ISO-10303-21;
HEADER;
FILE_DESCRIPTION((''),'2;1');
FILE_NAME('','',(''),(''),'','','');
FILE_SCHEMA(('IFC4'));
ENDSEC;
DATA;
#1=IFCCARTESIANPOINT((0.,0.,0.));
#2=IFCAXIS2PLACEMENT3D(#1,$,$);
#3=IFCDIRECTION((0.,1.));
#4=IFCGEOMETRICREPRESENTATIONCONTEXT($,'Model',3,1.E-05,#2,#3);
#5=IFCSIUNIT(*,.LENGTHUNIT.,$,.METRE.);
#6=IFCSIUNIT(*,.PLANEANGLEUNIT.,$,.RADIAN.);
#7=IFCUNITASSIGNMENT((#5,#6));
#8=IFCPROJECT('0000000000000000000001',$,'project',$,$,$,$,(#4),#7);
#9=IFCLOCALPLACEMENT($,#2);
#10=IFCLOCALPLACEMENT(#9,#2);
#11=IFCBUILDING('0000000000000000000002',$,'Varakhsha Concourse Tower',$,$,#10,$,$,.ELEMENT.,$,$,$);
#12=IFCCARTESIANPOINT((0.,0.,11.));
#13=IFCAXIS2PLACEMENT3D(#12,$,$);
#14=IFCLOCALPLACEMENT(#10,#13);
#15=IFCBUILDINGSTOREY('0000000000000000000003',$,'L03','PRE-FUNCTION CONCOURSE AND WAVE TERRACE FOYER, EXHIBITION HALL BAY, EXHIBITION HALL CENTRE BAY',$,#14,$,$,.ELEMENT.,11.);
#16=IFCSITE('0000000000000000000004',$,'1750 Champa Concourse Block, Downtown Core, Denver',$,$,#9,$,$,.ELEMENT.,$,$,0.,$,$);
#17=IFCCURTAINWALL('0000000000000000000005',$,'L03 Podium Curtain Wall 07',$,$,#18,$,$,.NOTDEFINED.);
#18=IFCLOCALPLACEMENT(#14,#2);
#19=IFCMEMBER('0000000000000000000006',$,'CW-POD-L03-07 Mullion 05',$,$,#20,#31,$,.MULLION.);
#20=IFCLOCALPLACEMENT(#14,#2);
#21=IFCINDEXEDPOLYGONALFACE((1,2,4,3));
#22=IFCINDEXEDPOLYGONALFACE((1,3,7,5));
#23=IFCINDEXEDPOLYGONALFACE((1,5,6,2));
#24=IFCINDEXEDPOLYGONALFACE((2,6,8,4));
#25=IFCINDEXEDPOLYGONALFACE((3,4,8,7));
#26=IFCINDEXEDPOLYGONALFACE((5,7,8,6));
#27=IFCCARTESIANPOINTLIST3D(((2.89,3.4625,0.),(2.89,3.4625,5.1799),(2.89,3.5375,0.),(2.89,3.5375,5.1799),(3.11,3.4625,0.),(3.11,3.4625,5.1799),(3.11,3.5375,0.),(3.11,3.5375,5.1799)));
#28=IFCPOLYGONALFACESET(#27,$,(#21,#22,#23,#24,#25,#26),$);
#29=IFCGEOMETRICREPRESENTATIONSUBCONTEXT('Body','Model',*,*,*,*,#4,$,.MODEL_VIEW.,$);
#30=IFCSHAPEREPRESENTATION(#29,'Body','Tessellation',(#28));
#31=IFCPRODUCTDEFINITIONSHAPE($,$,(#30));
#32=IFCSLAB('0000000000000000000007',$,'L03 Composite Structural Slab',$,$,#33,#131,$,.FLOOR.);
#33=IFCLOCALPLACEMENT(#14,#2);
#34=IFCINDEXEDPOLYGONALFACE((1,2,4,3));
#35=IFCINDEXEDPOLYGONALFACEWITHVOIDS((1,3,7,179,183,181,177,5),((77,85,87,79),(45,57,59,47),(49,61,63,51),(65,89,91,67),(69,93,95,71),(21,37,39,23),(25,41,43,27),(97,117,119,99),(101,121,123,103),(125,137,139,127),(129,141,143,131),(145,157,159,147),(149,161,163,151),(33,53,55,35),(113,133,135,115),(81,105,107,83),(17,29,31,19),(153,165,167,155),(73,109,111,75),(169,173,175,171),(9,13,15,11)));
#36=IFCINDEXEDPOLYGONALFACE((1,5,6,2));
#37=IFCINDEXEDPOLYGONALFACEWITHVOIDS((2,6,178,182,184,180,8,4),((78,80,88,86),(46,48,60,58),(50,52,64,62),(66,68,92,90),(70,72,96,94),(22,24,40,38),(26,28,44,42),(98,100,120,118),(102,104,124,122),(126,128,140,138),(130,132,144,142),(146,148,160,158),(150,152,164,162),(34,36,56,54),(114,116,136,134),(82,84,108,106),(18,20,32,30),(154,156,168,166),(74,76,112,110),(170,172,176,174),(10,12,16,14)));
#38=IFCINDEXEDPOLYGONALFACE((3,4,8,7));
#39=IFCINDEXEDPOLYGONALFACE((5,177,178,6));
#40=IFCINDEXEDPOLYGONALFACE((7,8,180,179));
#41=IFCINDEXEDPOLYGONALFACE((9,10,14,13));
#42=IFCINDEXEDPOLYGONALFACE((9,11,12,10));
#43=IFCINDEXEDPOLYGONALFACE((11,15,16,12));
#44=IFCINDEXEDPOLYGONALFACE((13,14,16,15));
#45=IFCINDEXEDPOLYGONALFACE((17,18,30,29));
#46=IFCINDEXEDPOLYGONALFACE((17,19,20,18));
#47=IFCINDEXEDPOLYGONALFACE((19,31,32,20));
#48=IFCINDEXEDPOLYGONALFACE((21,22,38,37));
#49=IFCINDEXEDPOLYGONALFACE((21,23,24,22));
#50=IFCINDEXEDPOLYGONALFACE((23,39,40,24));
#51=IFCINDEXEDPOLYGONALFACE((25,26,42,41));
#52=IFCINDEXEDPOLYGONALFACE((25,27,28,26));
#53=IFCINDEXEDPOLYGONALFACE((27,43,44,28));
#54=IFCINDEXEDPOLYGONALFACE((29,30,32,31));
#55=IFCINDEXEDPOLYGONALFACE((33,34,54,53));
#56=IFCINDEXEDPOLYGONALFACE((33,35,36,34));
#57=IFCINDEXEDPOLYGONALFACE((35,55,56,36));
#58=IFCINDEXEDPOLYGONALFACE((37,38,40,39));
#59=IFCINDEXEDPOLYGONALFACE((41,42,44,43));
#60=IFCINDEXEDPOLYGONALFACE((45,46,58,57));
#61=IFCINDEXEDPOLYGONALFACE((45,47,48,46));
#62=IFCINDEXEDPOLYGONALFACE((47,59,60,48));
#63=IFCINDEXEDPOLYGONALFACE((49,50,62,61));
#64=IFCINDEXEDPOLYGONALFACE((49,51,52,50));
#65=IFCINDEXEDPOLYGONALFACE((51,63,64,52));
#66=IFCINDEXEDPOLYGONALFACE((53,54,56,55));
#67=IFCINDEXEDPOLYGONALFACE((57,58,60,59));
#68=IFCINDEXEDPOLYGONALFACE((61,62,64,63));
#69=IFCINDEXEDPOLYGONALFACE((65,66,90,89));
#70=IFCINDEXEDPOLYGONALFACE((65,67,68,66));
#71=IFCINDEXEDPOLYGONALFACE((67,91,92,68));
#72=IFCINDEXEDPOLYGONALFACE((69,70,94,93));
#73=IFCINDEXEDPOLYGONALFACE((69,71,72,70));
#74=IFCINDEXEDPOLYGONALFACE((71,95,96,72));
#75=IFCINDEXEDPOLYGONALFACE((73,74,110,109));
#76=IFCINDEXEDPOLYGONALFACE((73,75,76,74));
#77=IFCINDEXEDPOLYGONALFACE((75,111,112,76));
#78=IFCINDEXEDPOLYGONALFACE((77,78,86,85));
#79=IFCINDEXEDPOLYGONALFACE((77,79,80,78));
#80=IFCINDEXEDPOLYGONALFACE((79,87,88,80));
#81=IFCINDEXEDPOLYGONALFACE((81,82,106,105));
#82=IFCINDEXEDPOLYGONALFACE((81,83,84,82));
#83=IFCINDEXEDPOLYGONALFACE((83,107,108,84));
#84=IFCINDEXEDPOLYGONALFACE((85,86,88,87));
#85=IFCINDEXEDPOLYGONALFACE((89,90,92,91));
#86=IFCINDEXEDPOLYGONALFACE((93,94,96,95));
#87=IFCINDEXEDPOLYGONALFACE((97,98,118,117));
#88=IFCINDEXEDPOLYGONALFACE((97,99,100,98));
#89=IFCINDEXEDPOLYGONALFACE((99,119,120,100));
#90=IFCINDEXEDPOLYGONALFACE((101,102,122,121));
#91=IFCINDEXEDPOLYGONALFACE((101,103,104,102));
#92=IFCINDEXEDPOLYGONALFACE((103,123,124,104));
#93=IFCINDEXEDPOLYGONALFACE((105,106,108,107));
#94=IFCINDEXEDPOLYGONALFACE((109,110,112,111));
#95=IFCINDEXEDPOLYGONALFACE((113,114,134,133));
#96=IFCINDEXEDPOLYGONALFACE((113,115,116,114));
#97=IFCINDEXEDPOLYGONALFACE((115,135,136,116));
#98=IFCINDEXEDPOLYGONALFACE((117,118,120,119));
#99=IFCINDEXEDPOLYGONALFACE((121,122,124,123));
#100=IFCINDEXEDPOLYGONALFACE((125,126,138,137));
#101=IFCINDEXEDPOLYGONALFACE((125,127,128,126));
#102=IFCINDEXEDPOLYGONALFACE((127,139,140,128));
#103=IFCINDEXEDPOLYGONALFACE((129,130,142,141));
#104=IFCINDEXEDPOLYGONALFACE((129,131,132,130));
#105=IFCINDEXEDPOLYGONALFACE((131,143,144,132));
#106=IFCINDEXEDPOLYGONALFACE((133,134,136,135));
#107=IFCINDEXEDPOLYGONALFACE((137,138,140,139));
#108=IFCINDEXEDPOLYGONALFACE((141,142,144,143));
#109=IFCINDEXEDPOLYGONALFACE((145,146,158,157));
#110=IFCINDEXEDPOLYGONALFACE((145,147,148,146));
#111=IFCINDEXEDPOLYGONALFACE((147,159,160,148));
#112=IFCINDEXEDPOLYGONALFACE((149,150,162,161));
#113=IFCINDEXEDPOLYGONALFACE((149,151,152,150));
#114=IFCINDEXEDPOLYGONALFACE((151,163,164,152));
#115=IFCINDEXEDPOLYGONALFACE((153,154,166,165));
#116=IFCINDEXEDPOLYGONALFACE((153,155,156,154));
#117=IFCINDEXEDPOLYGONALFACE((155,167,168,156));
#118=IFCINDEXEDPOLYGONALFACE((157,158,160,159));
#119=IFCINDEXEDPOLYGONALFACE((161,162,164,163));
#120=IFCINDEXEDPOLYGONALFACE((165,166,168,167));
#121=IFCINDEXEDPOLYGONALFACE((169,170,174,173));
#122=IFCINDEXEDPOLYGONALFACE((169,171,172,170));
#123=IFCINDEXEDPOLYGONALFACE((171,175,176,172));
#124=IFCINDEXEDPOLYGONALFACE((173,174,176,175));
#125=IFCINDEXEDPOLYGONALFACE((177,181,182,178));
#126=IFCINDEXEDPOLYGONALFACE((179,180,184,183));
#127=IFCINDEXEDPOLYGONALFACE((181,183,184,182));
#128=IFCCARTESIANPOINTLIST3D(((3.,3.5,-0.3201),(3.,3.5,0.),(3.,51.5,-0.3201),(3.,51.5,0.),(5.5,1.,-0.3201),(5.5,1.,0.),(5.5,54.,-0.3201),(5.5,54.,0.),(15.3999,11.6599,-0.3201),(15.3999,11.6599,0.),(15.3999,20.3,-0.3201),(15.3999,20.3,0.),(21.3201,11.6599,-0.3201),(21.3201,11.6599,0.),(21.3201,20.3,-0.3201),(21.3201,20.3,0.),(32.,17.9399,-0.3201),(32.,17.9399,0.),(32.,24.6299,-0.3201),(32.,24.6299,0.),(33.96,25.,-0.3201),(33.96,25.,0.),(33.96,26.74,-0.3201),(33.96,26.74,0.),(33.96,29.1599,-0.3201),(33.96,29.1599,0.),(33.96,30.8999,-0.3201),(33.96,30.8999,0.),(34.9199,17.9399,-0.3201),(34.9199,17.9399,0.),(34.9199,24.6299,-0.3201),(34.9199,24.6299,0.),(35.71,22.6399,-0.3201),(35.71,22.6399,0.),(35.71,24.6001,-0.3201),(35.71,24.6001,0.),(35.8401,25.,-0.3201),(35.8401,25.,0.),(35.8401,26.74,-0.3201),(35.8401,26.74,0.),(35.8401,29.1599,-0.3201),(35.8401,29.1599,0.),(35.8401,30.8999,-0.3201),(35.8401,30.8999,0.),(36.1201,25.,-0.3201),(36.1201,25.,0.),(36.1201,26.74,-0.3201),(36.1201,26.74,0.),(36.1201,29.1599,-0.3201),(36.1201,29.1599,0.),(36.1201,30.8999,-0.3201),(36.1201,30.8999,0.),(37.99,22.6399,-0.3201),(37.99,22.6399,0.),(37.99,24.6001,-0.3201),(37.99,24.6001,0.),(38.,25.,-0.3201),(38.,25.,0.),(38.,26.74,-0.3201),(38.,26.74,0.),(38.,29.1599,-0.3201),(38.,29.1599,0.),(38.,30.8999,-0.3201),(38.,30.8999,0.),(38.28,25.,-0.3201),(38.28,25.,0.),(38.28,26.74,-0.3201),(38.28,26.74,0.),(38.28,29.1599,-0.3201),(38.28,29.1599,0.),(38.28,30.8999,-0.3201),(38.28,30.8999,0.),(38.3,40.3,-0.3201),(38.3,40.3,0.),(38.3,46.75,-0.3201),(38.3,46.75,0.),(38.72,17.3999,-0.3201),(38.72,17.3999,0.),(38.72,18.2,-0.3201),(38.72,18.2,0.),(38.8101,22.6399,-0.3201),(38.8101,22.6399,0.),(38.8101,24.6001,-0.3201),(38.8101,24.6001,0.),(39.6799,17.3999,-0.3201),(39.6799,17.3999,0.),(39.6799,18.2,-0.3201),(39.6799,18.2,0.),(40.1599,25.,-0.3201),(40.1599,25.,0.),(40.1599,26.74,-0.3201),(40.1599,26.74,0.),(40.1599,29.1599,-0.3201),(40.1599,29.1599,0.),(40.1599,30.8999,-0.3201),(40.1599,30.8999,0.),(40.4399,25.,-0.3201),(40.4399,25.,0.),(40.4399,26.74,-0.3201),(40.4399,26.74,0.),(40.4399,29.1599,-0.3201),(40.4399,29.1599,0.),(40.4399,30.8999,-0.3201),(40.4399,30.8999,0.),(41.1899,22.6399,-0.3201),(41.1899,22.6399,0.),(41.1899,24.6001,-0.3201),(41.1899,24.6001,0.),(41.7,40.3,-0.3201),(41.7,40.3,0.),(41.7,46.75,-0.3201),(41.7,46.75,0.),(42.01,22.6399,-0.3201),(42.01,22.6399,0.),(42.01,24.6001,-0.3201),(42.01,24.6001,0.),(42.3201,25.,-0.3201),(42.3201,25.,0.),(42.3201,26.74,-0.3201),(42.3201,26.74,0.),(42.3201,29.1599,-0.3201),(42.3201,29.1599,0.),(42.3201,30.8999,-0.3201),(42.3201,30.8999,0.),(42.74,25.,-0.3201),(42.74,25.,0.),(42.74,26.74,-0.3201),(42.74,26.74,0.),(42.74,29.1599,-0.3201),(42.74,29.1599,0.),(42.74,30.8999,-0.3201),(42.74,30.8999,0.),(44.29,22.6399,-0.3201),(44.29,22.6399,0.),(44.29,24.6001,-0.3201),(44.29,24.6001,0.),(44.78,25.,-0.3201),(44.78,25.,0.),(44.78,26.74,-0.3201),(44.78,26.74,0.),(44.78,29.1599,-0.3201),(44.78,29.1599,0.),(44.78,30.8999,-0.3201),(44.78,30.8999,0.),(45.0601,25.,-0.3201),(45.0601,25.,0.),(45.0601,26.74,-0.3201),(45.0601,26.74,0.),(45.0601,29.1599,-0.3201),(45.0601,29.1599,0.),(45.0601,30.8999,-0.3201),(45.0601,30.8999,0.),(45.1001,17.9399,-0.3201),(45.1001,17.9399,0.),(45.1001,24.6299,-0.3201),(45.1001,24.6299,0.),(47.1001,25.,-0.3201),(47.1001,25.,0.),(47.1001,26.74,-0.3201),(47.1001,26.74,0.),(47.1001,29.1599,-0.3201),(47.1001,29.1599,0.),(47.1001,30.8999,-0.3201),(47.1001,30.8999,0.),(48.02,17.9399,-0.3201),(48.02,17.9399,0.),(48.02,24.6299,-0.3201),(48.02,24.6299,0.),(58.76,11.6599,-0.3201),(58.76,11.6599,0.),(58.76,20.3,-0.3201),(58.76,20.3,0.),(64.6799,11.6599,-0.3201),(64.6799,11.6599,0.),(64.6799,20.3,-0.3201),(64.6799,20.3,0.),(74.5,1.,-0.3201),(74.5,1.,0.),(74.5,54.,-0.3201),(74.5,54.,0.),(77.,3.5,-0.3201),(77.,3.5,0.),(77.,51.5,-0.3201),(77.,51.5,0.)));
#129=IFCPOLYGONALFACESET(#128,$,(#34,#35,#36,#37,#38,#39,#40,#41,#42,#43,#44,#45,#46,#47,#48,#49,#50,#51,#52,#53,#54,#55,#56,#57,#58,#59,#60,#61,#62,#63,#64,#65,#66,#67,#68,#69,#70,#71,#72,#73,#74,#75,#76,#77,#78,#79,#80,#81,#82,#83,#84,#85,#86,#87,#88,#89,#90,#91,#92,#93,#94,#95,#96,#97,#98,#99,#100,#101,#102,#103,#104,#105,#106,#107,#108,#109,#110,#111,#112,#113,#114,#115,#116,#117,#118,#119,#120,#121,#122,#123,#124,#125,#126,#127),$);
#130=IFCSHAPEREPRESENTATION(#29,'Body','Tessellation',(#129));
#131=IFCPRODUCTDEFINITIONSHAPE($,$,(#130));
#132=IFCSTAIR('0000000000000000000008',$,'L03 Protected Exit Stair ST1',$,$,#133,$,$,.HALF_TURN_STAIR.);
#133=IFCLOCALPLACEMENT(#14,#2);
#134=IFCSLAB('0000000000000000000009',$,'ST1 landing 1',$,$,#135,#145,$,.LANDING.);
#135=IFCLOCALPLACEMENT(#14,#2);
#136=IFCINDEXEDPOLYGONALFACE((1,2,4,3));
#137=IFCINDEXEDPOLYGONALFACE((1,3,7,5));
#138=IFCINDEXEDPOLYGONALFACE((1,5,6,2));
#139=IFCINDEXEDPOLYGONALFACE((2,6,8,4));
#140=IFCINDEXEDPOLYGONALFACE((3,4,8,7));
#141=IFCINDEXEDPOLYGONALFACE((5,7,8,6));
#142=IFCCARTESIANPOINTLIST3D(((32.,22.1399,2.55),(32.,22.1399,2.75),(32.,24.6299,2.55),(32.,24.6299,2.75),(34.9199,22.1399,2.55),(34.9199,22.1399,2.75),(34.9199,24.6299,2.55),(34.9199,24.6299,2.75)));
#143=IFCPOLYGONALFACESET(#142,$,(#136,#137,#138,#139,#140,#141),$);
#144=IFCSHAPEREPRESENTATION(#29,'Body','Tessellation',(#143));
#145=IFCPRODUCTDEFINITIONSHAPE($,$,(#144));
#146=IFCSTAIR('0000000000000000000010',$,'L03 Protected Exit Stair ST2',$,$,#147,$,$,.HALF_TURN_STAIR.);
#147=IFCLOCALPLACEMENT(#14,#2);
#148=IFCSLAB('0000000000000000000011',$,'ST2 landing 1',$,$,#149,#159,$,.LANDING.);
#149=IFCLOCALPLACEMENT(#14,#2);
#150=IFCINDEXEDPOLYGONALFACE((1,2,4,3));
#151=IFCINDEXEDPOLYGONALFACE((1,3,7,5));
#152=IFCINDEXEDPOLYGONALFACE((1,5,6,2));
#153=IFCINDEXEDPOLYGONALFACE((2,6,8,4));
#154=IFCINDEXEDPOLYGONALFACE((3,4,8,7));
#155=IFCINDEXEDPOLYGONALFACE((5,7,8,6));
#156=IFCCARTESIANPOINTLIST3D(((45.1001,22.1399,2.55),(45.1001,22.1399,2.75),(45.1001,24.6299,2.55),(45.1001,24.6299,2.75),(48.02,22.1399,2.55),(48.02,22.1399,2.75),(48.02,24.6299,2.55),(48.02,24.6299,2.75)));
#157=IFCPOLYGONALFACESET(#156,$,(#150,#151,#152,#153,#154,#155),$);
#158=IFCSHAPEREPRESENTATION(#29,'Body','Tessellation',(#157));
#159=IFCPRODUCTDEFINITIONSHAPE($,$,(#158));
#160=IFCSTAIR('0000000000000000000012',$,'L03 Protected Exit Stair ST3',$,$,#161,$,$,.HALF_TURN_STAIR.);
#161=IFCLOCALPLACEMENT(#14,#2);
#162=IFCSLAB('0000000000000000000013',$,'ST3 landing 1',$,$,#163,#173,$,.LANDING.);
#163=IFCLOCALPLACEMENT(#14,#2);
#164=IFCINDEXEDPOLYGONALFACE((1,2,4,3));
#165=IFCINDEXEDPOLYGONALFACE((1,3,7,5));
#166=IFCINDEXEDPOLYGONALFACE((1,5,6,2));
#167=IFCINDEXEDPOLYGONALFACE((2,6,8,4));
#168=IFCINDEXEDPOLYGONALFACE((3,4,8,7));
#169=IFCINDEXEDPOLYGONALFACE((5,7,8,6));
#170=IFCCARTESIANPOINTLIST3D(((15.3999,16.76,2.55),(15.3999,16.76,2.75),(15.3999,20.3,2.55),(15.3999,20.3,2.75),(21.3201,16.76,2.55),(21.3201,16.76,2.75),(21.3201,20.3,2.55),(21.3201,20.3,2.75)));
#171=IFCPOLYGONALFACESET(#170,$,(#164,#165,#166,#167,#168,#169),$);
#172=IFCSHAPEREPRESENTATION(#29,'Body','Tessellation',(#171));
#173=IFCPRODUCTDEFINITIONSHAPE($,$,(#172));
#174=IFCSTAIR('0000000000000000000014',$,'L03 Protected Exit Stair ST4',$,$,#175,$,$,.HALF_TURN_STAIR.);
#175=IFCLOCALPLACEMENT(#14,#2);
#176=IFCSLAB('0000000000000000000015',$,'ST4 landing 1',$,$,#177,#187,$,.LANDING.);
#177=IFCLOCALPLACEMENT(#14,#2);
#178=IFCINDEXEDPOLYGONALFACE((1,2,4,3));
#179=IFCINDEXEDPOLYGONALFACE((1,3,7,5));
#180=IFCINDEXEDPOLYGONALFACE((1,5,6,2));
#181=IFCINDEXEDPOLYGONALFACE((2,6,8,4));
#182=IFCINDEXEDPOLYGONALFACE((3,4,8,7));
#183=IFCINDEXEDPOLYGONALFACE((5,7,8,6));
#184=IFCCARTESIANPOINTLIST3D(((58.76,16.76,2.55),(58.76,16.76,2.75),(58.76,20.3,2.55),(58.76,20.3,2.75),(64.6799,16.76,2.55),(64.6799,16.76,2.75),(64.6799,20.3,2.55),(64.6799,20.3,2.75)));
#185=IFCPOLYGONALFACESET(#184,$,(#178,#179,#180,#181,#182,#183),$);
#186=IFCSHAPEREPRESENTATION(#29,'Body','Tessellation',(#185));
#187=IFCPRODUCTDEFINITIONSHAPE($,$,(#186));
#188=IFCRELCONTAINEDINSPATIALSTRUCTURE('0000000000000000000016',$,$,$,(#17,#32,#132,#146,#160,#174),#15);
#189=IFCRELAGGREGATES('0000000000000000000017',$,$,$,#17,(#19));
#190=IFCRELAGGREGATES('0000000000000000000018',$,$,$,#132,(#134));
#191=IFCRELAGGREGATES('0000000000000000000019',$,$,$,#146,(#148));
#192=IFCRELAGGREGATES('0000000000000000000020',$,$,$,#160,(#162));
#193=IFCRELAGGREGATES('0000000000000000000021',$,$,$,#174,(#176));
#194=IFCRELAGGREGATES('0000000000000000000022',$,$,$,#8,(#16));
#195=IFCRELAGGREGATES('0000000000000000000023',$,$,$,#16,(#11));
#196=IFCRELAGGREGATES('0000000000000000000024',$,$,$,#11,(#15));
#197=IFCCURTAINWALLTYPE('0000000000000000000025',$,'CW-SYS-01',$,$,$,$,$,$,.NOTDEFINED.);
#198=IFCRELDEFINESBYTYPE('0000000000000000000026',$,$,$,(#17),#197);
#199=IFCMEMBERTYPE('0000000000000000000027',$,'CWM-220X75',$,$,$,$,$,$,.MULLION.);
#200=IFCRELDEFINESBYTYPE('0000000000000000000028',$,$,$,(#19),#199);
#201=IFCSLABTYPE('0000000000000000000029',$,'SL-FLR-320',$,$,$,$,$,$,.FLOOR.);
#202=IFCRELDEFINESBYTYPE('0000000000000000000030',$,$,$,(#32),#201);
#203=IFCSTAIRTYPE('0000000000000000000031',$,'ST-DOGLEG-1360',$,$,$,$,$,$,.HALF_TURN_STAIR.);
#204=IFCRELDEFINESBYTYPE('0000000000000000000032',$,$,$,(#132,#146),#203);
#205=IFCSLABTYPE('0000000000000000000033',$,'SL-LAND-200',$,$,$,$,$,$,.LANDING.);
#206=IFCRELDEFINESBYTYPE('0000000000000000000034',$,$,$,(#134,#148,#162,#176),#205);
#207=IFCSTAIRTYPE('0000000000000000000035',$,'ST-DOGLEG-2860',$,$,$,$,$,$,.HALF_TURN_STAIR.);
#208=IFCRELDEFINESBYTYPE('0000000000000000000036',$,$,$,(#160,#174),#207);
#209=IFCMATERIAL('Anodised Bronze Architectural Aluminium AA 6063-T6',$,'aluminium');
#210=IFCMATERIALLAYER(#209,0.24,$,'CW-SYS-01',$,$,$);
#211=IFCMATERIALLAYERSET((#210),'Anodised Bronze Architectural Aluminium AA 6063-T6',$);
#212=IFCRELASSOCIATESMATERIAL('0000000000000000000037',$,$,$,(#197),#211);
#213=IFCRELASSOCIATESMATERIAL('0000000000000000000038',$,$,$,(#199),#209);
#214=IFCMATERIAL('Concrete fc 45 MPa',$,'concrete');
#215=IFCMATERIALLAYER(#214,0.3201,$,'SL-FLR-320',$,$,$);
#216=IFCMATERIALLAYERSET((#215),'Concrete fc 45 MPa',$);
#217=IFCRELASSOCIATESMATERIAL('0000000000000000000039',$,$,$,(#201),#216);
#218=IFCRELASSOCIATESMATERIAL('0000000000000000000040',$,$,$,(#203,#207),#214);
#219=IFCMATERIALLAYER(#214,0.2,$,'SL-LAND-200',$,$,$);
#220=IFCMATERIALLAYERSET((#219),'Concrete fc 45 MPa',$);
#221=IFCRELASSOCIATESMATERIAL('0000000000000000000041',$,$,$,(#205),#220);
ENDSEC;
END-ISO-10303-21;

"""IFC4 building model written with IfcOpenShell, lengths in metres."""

from ifc_helpers import new_model, si_unit, direction, frame, origin, origin_2d, place, context, subcontext, project, spatial, polyline, rectangle, outline, extrude, source, transform, mapped, material, layer, layer_set, material_profile, profile_set, type_object, type_shapes, element, aggregate, save


model = new_model("IFC4")

# Units and contexts
model_context = context("Model", 3, precision=1e-05, world=origin(), true_north=direction((0.0, 1.0)))
body_context = subcontext(model_context, "Body", "Model", "MODEL_VIEW")
ifc_project = project(units=[si_unit("LENGTHUNIT", "METRE"), si_unit("PLANEANGLEUNIT", "RADIAN")], contexts=[model_context])

# Site, building, storey
site_placement = place(None, origin())
site = spatial("IfcSite", under=ifc_project, at=site_placement, Name="1750 Champa Concourse Block, Downtown Core, Denver", CompositionType="ELEMENT", RefElevation=0.0)
building_placement = place(site_placement, origin())
building = spatial("IfcBuilding", under=site, at=building_placement, Name="Varakhsha Concourse Tower", CompositionType="ELEMENT")
storey_placement = place(building_placement, frame((0.0, 0.0, 11.0)))
storey = spatial("IfcBuildingStorey", under=building, at=storey_placement, Name="L03", Description="PRE-FUNCTION CONCOURSE AND WAVE TERRACE FOYER, EXHIBITION HALL BAY, EXHIBITION HALL CENTRE BAY", CompositionType="ELEMENT", Elevation=11.0)

# Curtain wall, member
ifc_material_1 = material(Name="Anodised Bronze Architectural Aluminium AA 6063-T6", Category="aluminium")
ifc_layer_1 = layer(ifc_material_1, 0.24, Name="CW-SYS-01")
ifc_layer_set_1 = layer_set([ifc_layer_1], Name="Anodised Bronze Architectural Aluminium AA 6063-T6")
curtain_wall_type = type_object("IfcCurtainWallType", Name="CW-SYS-01", PredefinedType="NOTDEFINED", material=ifc_layer_set_1)
curtain_wall_placement = place(storey_placement, origin())
curtain_wall = element("IfcCurtainWall", 1, at=curtain_wall_placement, inside=storey, type_object=curtain_wall_type, Name="L03 Podium Curtain Wall 07", PredefinedType="NOTDEFINED")
ifc_material_profile = material_profile(ifc_material_1, rectangle(XDim=0.075, YDim=0.22, at=origin_2d()), Name="CWM-220X75")
ifc_profile_set = profile_set([ifc_material_profile], Name="Anodised Bronze Architectural Aluminium AA 6063-T6")
member_type = type_object("IfcMemberType", Name="CWM-220X75", PredefinedType="MULLION", material=ifc_profile_set)
shared_shape = source(origin(), body_context, "Body", "SweptSolid", [
    extrude(rectangle(XDim=0.075, YDim=0.22, at=origin_2d()), origin(), (0.0, 0.0, 1.0), 5.1799),
])
type_shapes(member_type, [shared_shape])
member_placement = place(storey_placement, frame((3.0, 3.5, 0.0), z_axis=(0.0, 0.0, 1.0), x_axis=(0.0, -1.0, 0.0)))
member = element("IfcMember", 2, at=member_placement, type_object=member_type, Name="CW-POD-L03-07 Mullion 05", PredefinedType="MULLION", context=body_context, shape_type="MappedRepresentation", body=[
    mapped(shared_shape, transform((0.0, 0.0, 0.0), scale=1.0)),
])
aggregate(curtain_wall, [member])

# Slab
ifc_material_2 = material(Name="Concrete fc 45 MPa", Category="concrete")
ifc_layer_2 = layer(ifc_material_2, 0.3201, Name="SL-FLR-320")
ifc_layer_set_2 = layer_set([ifc_layer_2], Name="Concrete fc 45 MPa")
slab_type_1 = type_object("IfcSlabType", Name="SL-FLR-320", PredefinedType="FLOOR", material=ifc_layer_set_2)
slab_1_placement = place(storey_placement, frame((0.0, 0.0, -0.3201)))
element("IfcSlab", 3, at=slab_1_placement, inside=storey, type_object=slab_type_1, Name="L03 Composite Structural Slab", PredefinedType="FLOOR", context=body_context, shape_type="SweptSolid", body=[
    extrude(outline(polyline([(5.5, 1.0), (74.5, 1.0), (77.0, 3.5), (77.0, 51.5), (74.5, 54.0), (5.5, 54.0), (3.0, 51.5), (3.0, 3.5), (5.5, 1.0)]), holes=[polyline([(34.9199, 17.9399), (34.9199, 24.6299), (32.0, 24.6299), (32.0, 17.9399), (34.9199, 17.9399)]), polyline([(48.02, 17.9399), (48.02, 24.6299), (45.1001, 24.6299), (45.1001, 17.9399), (48.02, 17.9399)]), polyline([(21.3201, 11.6599), (21.3201, 20.3), (15.3999, 20.3), (15.3999, 11.6599), (21.3201, 11.6599)]), polyline([(64.6799, 11.6599), (64.6799, 20.3), (58.76, 20.3), (58.76, 11.6599), (64.6799, 11.6599)]), polyline([(41.7, 40.3), (41.7, 46.75), (38.3, 46.75), (38.3, 40.3), (41.7, 40.3)]), polyline([(33.96, 29.1599), (35.8401, 29.1599), (35.8401, 30.8999), (33.96, 30.8999), (33.96, 29.1599)]), polyline([(36.1201, 29.1599), (38.0, 29.1599), (38.0, 30.8999), (36.1201, 30.8999), (36.1201, 29.1599)]), polyline([(38.28, 29.1599), (40.1599, 29.1599), (40.1599, 30.8999), (38.28, 30.8999), (38.28, 29.1599)]), polyline([(40.4399, 29.1599), (42.3201, 29.1599), (42.3201, 30.8999), (40.4399, 30.8999), (40.4399, 29.1599)]), polyline([(33.96, 25.0), (35.8401, 25.0), (35.8401, 26.74), (33.96, 26.74), (33.96, 25.0)]), polyline([(36.1201, 25.0), (38.0, 25.0), (38.0, 26.74), (36.1201, 26.74), (36.1201, 25.0)]), polyline([(38.28, 25.0), (40.1599, 25.0), (40.1599, 26.74), (38.28, 26.74), (38.28, 25.0)]), polyline([(40.4399, 25.0), (42.3201, 25.0), (42.3201, 26.74), (40.4399, 26.74), (40.4399, 25.0)]), polyline([(42.74, 29.1599), (44.78, 29.1599), (44.78, 30.8999), (42.74, 30.8999), (42.74, 29.1599)]), polyline([(45.0601, 29.1599), (47.1001, 29.1599), (47.1001, 30.8999), (45.0601, 30.8999), (45.0601, 29.1599)]), polyline([(42.74, 25.0), (44.78, 25.0), (44.78, 26.74), (42.74, 26.74), (42.74, 25.0)]), polyline([(45.0601, 25.0), (47.1001, 25.0), (47.1001, 26.74), (45.0601, 26.74), (45.0601, 25.0)]), polyline([(35.71, 22.6399), (37.99, 22.6399), (37.99, 24.6001), (35.71, 24.6001), (35.71, 22.6399)]), polyline([(42.01, 22.6399), (44.29, 22.6399), (44.29, 24.6001), (42.01, 24.6001), (42.01, 22.6399)]), polyline([(38.8101, 22.6399), (41.1899, 22.6399), (41.1899, 24.6001), (38.8101, 24.6001), (38.8101, 22.6399)]), polyline([(38.72, 17.3999), (39.6799, 17.3999), (39.6799, 18.2), (38.72, 18.2), (38.72, 17.3999)])]), origin(), (0.0, 0.0, 1.0), 0.3201),
])

# Stairs, slabs
stair_type_1 = type_object("IfcStairType", Name="ST-DOGLEG-1360", PredefinedType="HALF_TURN_STAIR", material=ifc_material_2)
stair_1_placement = place(storey_placement, origin())
stair_1 = element("IfcStair", 4, at=stair_1_placement, inside=storey, type_object=stair_type_1, Name="L03 Protected Exit Stair ST1", PredefinedType="HALF_TURN_STAIR")
ifc_layer_3 = layer(ifc_material_2, 0.2, Name="SL-LAND-200")
ifc_layer_set_3 = layer_set([ifc_layer_3], Name="Concrete fc 45 MPa")
slab_type_2 = type_object("IfcSlabType", Name="SL-LAND-200", PredefinedType="LANDING", material=ifc_layer_set_3)
slab_2_placement = place(storey_placement, frame((0.0, 0.0, 2.55)))
slab_2 = element("IfcSlab", 5, at=slab_2_placement, type_object=slab_type_2, Name="ST1 landing 1", PredefinedType="LANDING", context=body_context, shape_type="SweptSolid", body=[
    extrude(outline(polyline([(34.9199, 22.1399), (34.9199, 24.6299), (32.0, 24.6299), (32.0, 22.1399), (34.9199, 22.1399)])), origin(), (0.0, 0.0, 1.0), 0.2),
])
aggregate(stair_1, [slab_2])
stair_2_placement = place(storey_placement, origin())
stair_2 = element("IfcStair", 6, at=stair_2_placement, inside=storey, type_object=stair_type_1, Name="L03 Protected Exit Stair ST2", PredefinedType="HALF_TURN_STAIR")
slab_3_placement = place(storey_placement, frame((0.0, 0.0, 2.55)))
slab_3 = element("IfcSlab", 7, at=slab_3_placement, type_object=slab_type_2, Name="ST2 landing 1", PredefinedType="LANDING", context=body_context, shape_type="SweptSolid", body=[
    extrude(outline(polyline([(48.02, 22.1399), (48.02, 24.6299), (45.1001, 24.6299), (45.1001, 22.1399), (48.02, 22.1399)])), origin(), (0.0, 0.0, 1.0), 0.2),
])
aggregate(stair_2, [slab_3])
stair_type_2 = type_object("IfcStairType", Name="ST-DOGLEG-2860", PredefinedType="HALF_TURN_STAIR", material=ifc_material_2)
stair_3_placement = place(storey_placement, origin())
stair_3 = element("IfcStair", 8, at=stair_3_placement, inside=storey, type_object=stair_type_2, Name="L03 Protected Exit Stair ST3", PredefinedType="HALF_TURN_STAIR")
slab_4_placement = place(storey_placement, frame((0.0, 0.0, 2.55)))
slab_4 = element("IfcSlab", 9, at=slab_4_placement, type_object=slab_type_2, Name="ST3 landing 1", PredefinedType="LANDING", context=body_context, shape_type="SweptSolid", body=[
    extrude(outline(polyline([(21.3201, 16.76), (21.3201, 20.3), (15.3999, 20.3), (15.3999, 16.76), (21.3201, 16.76)])), origin(), (0.0, 0.0, 1.0), 0.2),
])
aggregate(stair_3, [slab_4])
stair_4_placement = place(storey_placement, origin())
stair_4 = element("IfcStair", 10, at=stair_4_placement, inside=storey, type_object=stair_type_2, Name="L03 Protected Exit Stair ST4", PredefinedType="HALF_TURN_STAIR")
slab_5_placement = place(storey_placement, frame((0.0, 0.0, 2.55)))
slab_5 = element("IfcSlab", 11, at=slab_5_placement, type_object=slab_type_2, Name="ST4 landing 1", PredefinedType="LANDING", context=body_context, shape_type="SweptSolid", body=[
    extrude(outline(polyline([(64.6799, 16.76), (64.6799, 20.3), (58.76, 20.3), (58.76, 16.76), (64.6799, 16.76)])), origin(), (0.0, 0.0, 1.0), 0.2),
])
aggregate(stair_4, [slab_5])

save(model, "model.ifc")
